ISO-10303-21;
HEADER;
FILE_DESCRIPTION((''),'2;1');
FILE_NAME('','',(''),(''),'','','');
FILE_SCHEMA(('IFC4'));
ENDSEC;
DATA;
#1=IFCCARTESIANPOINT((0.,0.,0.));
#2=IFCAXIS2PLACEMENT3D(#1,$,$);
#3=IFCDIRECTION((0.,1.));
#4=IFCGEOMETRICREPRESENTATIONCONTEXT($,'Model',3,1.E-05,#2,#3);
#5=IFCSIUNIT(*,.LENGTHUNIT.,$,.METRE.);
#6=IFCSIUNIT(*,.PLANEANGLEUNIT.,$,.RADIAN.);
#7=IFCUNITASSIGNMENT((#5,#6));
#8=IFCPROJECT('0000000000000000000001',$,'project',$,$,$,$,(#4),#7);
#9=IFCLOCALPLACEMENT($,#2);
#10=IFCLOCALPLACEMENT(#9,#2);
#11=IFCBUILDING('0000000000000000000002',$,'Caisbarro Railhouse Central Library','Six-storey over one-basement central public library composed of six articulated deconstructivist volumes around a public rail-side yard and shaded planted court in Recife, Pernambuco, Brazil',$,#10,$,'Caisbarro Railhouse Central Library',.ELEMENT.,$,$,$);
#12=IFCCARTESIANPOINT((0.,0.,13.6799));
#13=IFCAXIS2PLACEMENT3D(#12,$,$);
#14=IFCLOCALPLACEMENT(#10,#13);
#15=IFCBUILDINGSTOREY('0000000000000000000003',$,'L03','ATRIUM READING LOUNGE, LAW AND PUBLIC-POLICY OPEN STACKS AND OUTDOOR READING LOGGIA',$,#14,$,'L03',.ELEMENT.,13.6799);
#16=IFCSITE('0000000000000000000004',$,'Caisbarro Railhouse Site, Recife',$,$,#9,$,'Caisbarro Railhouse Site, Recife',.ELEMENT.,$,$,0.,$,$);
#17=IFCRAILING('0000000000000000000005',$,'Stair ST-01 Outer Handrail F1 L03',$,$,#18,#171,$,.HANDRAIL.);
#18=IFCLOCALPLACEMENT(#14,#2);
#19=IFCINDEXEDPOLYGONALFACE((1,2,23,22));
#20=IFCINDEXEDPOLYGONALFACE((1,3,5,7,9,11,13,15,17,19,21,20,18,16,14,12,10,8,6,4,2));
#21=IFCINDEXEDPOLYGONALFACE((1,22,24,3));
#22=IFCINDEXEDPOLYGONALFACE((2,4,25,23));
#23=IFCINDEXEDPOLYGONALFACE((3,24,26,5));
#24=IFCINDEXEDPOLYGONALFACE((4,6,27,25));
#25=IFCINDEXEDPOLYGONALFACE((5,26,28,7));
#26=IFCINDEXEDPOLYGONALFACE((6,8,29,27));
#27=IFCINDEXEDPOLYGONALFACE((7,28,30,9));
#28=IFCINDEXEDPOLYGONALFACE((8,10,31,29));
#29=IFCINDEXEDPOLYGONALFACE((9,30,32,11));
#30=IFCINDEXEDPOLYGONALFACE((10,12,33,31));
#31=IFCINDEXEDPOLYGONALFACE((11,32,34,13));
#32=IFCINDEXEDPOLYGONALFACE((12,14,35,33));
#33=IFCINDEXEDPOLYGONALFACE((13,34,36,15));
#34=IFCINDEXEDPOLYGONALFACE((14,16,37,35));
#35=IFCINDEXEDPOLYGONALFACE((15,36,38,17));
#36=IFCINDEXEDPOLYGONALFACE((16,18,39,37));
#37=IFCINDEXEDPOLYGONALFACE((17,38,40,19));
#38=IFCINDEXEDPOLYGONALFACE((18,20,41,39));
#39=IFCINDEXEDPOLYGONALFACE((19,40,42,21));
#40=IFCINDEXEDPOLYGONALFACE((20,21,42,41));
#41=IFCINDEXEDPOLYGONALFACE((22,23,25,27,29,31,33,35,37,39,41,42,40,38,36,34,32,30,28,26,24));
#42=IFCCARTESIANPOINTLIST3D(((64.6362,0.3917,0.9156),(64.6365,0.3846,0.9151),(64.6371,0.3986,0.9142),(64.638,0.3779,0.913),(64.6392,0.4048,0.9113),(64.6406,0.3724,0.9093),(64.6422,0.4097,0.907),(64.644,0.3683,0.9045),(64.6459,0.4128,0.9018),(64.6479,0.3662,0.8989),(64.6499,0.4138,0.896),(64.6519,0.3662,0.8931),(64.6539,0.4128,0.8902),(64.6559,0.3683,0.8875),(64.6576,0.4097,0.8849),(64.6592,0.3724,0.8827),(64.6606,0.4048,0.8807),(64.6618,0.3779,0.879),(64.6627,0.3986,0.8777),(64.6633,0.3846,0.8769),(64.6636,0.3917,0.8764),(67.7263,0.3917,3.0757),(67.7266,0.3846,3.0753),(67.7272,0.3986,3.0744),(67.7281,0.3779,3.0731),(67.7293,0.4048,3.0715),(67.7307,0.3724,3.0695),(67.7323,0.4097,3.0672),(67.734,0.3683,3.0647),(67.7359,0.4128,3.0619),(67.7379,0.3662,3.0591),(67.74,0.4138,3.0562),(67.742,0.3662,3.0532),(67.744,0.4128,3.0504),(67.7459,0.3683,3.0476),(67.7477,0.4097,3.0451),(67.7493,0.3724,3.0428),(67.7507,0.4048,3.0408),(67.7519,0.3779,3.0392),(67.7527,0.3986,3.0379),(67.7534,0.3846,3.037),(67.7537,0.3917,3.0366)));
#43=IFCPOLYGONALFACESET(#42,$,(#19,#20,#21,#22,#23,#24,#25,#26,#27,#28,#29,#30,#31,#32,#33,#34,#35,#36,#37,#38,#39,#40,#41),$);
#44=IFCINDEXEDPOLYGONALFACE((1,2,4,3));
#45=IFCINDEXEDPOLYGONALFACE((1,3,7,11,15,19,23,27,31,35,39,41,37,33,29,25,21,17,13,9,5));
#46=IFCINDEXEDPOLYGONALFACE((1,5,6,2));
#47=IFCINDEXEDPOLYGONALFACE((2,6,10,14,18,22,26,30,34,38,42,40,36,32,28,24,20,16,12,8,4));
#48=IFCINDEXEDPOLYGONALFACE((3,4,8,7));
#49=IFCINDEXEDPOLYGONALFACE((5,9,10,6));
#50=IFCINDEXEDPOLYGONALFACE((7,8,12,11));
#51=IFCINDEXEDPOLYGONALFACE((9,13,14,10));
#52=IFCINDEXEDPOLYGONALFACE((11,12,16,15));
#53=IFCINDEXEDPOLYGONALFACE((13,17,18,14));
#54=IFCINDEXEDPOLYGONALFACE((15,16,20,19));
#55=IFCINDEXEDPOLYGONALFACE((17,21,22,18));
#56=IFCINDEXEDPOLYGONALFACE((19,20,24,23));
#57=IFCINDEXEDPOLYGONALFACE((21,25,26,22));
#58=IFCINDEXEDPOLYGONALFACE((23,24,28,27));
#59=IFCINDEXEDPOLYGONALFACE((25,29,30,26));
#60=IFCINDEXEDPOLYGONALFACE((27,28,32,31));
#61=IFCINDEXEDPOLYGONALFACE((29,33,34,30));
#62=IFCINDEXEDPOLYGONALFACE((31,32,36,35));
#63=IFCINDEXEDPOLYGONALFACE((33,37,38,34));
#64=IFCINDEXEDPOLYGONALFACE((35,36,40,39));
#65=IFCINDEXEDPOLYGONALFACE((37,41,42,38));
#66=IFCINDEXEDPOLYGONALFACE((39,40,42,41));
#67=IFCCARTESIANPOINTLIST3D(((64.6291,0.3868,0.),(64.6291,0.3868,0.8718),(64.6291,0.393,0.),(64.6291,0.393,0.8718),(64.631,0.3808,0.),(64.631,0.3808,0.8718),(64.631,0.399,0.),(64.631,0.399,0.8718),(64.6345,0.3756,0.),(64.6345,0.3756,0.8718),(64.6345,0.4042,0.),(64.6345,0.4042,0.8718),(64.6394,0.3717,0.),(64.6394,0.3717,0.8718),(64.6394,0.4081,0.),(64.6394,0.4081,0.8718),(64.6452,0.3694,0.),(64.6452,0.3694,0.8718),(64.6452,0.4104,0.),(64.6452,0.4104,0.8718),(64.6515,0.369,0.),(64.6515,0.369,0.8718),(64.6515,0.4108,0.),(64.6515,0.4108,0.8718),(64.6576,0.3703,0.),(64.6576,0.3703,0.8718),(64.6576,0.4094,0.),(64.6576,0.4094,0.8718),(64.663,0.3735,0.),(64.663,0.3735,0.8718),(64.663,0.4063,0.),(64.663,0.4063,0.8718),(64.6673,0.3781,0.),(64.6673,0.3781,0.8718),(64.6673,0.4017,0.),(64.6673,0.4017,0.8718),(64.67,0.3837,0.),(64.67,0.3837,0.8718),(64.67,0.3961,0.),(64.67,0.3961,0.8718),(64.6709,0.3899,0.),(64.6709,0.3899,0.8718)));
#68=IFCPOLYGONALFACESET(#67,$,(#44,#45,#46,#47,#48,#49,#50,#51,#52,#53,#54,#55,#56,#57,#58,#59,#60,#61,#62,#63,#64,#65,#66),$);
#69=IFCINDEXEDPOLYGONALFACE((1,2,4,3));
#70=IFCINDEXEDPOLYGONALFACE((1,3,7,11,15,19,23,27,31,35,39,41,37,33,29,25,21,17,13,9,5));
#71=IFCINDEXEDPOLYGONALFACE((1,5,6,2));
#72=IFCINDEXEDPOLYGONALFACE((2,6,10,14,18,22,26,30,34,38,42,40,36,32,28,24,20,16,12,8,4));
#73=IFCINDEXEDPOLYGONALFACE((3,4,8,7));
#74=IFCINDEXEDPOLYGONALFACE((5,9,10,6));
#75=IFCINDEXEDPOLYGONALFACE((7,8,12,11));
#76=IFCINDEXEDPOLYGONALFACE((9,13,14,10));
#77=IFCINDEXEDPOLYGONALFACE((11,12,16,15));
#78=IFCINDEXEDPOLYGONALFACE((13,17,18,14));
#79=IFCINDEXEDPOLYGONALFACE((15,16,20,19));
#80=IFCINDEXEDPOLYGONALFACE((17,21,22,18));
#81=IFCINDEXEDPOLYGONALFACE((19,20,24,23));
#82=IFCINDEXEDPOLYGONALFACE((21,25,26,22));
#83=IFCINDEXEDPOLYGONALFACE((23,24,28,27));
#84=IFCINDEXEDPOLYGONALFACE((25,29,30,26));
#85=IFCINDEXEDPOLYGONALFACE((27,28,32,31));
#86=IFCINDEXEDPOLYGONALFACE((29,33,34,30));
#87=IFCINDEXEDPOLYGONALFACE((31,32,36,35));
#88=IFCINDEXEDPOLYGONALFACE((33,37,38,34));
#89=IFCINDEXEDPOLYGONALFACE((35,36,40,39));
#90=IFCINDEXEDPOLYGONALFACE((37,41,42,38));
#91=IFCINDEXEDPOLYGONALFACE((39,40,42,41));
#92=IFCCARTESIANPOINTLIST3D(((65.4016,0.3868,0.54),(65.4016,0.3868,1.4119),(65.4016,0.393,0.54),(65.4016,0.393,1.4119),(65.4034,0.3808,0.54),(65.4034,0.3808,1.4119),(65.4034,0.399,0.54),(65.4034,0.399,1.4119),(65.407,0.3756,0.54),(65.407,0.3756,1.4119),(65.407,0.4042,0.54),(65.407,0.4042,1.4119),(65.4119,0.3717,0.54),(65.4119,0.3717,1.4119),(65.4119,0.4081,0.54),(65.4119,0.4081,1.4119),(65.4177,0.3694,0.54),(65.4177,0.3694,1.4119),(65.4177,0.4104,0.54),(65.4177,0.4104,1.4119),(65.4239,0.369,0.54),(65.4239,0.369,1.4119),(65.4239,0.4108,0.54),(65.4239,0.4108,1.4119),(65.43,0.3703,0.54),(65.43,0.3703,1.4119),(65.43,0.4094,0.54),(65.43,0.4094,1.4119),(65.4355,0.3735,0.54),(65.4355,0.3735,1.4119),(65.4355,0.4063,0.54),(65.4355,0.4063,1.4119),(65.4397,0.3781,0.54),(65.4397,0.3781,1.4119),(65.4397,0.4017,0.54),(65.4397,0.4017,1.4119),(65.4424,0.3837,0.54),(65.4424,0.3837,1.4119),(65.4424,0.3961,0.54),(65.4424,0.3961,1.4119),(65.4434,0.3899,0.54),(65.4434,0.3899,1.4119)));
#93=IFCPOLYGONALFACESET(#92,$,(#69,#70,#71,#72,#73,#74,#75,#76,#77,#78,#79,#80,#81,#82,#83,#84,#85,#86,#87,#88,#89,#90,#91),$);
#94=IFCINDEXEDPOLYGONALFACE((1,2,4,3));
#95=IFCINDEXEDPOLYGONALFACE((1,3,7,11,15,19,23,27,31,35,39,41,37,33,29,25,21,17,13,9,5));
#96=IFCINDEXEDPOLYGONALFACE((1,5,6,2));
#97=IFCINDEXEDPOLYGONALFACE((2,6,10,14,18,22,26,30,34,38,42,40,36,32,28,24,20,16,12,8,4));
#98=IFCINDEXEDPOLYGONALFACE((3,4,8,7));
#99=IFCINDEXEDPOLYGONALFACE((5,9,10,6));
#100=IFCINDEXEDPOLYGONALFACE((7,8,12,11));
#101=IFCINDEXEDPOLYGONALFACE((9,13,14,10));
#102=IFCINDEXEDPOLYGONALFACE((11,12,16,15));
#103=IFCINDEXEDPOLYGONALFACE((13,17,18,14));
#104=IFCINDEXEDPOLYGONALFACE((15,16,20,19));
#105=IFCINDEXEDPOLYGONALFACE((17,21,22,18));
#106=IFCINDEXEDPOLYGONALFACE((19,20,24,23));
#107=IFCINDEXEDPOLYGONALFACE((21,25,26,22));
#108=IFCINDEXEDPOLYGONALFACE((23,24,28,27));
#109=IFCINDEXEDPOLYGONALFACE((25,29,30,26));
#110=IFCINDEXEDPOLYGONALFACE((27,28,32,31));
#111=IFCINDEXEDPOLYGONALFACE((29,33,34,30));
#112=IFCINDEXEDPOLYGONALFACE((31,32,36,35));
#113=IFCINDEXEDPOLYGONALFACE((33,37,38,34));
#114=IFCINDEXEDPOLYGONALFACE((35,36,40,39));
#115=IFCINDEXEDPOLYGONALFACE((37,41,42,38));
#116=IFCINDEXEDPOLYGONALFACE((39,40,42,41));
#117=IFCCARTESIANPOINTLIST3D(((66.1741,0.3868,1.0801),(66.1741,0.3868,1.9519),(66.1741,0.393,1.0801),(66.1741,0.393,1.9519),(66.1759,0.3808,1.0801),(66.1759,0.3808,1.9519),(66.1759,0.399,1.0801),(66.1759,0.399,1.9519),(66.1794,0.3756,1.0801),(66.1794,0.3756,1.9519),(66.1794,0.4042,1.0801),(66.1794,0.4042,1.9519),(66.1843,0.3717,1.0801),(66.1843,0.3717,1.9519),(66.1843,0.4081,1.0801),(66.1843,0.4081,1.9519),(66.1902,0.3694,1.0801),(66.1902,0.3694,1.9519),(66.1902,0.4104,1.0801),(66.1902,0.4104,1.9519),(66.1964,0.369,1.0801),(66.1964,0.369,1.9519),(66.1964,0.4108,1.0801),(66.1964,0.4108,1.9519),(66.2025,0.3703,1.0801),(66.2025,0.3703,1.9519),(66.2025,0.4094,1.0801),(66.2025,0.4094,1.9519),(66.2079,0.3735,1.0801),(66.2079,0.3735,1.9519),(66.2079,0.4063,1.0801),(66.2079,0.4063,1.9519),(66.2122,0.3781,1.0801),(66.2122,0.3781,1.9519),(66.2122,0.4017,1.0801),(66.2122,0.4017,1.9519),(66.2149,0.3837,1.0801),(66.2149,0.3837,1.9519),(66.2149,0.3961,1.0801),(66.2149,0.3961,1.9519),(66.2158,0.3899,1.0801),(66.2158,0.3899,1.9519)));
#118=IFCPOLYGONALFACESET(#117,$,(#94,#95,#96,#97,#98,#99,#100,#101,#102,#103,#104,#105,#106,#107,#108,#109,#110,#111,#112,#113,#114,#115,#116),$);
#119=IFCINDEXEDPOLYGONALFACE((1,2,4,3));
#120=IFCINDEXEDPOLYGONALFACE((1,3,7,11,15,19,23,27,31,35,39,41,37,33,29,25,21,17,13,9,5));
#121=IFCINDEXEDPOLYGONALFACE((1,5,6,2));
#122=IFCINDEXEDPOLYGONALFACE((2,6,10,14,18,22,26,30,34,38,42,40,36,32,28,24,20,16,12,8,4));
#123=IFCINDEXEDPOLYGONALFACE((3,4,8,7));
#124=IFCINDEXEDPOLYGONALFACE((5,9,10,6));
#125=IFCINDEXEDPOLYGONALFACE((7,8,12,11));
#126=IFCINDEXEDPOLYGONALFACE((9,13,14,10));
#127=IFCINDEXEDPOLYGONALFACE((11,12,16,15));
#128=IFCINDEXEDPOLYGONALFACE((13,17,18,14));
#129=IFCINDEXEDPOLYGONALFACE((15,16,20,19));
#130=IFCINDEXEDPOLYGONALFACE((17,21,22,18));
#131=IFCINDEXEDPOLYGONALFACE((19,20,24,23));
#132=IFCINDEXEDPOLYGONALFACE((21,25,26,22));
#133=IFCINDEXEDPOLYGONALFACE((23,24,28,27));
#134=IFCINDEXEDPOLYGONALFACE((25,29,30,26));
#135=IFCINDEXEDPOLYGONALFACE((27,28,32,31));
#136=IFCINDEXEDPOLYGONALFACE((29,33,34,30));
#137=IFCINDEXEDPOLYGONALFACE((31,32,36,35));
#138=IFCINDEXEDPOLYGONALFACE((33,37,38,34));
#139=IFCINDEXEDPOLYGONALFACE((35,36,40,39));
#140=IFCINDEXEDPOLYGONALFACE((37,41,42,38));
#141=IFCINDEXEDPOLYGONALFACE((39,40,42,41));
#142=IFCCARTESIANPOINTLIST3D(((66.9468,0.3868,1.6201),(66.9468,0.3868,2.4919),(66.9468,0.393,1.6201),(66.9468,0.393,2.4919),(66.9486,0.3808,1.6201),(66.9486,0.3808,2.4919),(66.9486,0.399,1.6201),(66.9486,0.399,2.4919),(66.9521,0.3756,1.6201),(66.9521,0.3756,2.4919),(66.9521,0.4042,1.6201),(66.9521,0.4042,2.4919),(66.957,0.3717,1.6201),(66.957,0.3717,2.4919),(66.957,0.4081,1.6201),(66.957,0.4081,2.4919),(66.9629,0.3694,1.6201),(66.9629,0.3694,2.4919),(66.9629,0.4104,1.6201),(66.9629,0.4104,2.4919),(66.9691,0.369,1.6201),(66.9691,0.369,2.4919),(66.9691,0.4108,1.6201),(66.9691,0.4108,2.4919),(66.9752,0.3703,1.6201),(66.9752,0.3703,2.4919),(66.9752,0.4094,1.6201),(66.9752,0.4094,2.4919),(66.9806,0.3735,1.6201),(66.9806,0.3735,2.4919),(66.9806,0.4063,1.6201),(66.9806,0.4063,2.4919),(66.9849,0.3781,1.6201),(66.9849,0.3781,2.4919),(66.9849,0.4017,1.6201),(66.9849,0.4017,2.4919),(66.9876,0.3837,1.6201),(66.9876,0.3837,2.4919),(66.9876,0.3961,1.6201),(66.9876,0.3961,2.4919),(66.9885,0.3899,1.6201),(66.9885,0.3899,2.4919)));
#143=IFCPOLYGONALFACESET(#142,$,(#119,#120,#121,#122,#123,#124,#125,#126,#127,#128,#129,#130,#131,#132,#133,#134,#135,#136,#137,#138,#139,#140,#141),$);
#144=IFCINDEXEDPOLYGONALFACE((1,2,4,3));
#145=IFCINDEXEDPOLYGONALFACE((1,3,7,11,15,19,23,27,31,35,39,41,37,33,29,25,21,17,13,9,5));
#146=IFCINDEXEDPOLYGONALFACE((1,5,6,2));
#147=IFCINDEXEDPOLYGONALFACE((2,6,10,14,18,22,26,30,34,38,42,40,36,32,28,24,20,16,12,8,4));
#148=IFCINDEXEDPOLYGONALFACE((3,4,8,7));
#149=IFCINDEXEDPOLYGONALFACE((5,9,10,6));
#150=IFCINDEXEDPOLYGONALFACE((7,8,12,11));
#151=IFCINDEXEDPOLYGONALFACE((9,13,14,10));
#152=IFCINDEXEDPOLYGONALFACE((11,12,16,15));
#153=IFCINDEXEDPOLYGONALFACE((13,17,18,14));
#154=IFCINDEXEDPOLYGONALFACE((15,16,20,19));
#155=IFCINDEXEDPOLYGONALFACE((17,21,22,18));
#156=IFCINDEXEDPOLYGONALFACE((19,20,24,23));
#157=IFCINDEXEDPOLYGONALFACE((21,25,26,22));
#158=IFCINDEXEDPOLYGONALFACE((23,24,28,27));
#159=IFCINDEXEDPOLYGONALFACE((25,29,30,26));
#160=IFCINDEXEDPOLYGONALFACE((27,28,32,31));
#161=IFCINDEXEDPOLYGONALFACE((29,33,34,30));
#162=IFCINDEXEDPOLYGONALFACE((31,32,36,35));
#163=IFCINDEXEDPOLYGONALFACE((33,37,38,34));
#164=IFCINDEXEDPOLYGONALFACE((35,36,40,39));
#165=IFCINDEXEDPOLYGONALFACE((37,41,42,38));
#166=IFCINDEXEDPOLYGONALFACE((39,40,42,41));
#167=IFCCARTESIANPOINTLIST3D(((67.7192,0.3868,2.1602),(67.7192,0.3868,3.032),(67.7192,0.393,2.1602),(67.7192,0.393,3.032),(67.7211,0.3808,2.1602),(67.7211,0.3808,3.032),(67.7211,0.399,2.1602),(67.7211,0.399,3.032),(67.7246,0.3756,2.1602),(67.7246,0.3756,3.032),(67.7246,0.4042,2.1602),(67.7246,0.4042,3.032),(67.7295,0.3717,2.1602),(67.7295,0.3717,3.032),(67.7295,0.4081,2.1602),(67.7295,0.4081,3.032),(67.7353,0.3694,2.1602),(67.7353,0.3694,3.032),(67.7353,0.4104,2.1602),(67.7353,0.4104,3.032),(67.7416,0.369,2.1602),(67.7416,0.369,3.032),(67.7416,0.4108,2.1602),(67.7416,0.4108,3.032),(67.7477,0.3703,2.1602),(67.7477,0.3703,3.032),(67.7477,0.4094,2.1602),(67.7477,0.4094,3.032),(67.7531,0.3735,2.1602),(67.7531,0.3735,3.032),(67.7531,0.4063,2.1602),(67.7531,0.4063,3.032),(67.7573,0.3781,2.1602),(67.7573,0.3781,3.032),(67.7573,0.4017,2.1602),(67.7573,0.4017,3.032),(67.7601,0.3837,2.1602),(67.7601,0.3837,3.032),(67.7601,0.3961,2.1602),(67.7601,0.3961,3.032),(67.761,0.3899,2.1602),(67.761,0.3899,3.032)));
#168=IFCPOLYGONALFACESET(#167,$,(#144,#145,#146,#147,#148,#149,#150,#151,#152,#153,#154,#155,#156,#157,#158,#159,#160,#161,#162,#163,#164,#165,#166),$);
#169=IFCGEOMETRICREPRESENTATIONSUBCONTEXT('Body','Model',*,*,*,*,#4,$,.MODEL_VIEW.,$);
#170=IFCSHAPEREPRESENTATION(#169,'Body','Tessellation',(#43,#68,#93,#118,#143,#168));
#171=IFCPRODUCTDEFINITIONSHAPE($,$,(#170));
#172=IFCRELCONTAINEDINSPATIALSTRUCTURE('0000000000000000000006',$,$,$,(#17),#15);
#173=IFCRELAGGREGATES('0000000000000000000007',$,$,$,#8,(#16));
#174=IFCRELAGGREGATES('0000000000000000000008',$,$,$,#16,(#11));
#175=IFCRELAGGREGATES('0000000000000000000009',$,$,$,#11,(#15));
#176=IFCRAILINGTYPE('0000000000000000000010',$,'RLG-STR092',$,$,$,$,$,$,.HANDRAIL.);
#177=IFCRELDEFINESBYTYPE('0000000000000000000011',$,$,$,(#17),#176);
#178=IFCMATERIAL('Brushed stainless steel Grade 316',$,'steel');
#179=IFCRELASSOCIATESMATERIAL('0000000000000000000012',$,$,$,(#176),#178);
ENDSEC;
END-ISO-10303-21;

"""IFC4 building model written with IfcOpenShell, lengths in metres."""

from ifc_helpers import new_model, si_unit, direction, frame, origin, origin_2d, place, context, subcontext, project, spatial, circle, extrude, material, type_object, element, save


model = new_model("IFC4")

# Units and contexts
model_context = context("Model", 3, precision=1e-05, world=origin(), true_north=direction((0.0, 1.0)))
body_context = subcontext(model_context, "Body", "Model", "MODEL_VIEW")
ifc_project = project(units=[si_unit("LENGTHUNIT", "METRE"), si_unit("PLANEANGLEUNIT", "RADIAN")], contexts=[model_context])

# Site, building, storey
site_placement = place(None, origin())
site = spatial("IfcSite", under=ifc_project, at=site_placement, Name="Caisbarro Railhouse Site, Recife", LongName="Caisbarro Railhouse Site, Recife", CompositionType="ELEMENT", RefElevation=0.0)
building_placement = place(site_placement, origin())
building = spatial("IfcBuilding", under=site, at=building_placement, Name="Caisbarro Railhouse Central Library", Description="Six-storey over one-basement central public library composed of six articulated deconstructivist volumes around a public rail-side yard and shaded planted court in Recife, Pernambuco, Brazil", LongName="Caisbarro Railhouse Central Library", CompositionType="ELEMENT")
storey_placement = place(building_placement, frame((0.0, 0.0, 13.6799)))
storey = spatial("IfcBuildingStorey", under=building, at=storey_placement, Name="L03", Description="ATRIUM READING LOUNGE, LAW AND PUBLIC-POLICY OPEN STACKS AND OUTDOOR READING LOGGIA", LongName="L03", CompositionType="ELEMENT", Elevation=13.6799)

# Railing
ifc_material_1 = material(Name="Brushed stainless steel Grade 316", Category="steel")
railing_type_1 = type_object("IfcRailingType", Name="RLG-STR092", PredefinedType="HANDRAIL", material=ifc_material_1)
railing_1_placement = place(storey_placement, frame((64.6499, 0.3899, 0.0)))
element("IfcRailing", 1, at=railing_1_placement, inside=storey, type_object=railing_type_1, Name="Stair ST-01 Outer Handrail F1 L03", PredefinedType="HANDRAIL", context=body_context, shape_type="SweptSolid", body=[
    extrude(circle(Radius=0.0239, at=origin_2d()), frame((0.0, 0.0, 0.896), z_axis=(0.819594, 0.0, 0.572945), x_axis=(0.0, 1.0, 0.0)), (0.0, 0.0, 1.0), 3.7703),
    extrude(circle(Radius=0.021, at=origin_2d()), origin(), (0.0, 0.0, 1.0), 0.8718),
    extrude(circle(Radius=0.021, at=origin_2d()), frame((0.7725, 0.0, 0.54)), (0.0, 0.0, 1.0), 0.8718),
    extrude(circle(Radius=0.021, at=origin_2d()), frame((1.5449, 0.0, 1.0801)), (0.0, 0.0, 1.0), 0.8718),
    extrude(circle(Radius=0.021, at=origin_2d()), frame((2.3176, 0.0, 1.6201)), (0.0, 0.0, 1.0), 0.8718),
    extrude(circle(Radius=0.021, at=origin_2d()), frame((3.0901, 0.0, 2.1602)), (0.0, 0.0, 1.0), 0.8718),
])

save(model, "model.ifc")
